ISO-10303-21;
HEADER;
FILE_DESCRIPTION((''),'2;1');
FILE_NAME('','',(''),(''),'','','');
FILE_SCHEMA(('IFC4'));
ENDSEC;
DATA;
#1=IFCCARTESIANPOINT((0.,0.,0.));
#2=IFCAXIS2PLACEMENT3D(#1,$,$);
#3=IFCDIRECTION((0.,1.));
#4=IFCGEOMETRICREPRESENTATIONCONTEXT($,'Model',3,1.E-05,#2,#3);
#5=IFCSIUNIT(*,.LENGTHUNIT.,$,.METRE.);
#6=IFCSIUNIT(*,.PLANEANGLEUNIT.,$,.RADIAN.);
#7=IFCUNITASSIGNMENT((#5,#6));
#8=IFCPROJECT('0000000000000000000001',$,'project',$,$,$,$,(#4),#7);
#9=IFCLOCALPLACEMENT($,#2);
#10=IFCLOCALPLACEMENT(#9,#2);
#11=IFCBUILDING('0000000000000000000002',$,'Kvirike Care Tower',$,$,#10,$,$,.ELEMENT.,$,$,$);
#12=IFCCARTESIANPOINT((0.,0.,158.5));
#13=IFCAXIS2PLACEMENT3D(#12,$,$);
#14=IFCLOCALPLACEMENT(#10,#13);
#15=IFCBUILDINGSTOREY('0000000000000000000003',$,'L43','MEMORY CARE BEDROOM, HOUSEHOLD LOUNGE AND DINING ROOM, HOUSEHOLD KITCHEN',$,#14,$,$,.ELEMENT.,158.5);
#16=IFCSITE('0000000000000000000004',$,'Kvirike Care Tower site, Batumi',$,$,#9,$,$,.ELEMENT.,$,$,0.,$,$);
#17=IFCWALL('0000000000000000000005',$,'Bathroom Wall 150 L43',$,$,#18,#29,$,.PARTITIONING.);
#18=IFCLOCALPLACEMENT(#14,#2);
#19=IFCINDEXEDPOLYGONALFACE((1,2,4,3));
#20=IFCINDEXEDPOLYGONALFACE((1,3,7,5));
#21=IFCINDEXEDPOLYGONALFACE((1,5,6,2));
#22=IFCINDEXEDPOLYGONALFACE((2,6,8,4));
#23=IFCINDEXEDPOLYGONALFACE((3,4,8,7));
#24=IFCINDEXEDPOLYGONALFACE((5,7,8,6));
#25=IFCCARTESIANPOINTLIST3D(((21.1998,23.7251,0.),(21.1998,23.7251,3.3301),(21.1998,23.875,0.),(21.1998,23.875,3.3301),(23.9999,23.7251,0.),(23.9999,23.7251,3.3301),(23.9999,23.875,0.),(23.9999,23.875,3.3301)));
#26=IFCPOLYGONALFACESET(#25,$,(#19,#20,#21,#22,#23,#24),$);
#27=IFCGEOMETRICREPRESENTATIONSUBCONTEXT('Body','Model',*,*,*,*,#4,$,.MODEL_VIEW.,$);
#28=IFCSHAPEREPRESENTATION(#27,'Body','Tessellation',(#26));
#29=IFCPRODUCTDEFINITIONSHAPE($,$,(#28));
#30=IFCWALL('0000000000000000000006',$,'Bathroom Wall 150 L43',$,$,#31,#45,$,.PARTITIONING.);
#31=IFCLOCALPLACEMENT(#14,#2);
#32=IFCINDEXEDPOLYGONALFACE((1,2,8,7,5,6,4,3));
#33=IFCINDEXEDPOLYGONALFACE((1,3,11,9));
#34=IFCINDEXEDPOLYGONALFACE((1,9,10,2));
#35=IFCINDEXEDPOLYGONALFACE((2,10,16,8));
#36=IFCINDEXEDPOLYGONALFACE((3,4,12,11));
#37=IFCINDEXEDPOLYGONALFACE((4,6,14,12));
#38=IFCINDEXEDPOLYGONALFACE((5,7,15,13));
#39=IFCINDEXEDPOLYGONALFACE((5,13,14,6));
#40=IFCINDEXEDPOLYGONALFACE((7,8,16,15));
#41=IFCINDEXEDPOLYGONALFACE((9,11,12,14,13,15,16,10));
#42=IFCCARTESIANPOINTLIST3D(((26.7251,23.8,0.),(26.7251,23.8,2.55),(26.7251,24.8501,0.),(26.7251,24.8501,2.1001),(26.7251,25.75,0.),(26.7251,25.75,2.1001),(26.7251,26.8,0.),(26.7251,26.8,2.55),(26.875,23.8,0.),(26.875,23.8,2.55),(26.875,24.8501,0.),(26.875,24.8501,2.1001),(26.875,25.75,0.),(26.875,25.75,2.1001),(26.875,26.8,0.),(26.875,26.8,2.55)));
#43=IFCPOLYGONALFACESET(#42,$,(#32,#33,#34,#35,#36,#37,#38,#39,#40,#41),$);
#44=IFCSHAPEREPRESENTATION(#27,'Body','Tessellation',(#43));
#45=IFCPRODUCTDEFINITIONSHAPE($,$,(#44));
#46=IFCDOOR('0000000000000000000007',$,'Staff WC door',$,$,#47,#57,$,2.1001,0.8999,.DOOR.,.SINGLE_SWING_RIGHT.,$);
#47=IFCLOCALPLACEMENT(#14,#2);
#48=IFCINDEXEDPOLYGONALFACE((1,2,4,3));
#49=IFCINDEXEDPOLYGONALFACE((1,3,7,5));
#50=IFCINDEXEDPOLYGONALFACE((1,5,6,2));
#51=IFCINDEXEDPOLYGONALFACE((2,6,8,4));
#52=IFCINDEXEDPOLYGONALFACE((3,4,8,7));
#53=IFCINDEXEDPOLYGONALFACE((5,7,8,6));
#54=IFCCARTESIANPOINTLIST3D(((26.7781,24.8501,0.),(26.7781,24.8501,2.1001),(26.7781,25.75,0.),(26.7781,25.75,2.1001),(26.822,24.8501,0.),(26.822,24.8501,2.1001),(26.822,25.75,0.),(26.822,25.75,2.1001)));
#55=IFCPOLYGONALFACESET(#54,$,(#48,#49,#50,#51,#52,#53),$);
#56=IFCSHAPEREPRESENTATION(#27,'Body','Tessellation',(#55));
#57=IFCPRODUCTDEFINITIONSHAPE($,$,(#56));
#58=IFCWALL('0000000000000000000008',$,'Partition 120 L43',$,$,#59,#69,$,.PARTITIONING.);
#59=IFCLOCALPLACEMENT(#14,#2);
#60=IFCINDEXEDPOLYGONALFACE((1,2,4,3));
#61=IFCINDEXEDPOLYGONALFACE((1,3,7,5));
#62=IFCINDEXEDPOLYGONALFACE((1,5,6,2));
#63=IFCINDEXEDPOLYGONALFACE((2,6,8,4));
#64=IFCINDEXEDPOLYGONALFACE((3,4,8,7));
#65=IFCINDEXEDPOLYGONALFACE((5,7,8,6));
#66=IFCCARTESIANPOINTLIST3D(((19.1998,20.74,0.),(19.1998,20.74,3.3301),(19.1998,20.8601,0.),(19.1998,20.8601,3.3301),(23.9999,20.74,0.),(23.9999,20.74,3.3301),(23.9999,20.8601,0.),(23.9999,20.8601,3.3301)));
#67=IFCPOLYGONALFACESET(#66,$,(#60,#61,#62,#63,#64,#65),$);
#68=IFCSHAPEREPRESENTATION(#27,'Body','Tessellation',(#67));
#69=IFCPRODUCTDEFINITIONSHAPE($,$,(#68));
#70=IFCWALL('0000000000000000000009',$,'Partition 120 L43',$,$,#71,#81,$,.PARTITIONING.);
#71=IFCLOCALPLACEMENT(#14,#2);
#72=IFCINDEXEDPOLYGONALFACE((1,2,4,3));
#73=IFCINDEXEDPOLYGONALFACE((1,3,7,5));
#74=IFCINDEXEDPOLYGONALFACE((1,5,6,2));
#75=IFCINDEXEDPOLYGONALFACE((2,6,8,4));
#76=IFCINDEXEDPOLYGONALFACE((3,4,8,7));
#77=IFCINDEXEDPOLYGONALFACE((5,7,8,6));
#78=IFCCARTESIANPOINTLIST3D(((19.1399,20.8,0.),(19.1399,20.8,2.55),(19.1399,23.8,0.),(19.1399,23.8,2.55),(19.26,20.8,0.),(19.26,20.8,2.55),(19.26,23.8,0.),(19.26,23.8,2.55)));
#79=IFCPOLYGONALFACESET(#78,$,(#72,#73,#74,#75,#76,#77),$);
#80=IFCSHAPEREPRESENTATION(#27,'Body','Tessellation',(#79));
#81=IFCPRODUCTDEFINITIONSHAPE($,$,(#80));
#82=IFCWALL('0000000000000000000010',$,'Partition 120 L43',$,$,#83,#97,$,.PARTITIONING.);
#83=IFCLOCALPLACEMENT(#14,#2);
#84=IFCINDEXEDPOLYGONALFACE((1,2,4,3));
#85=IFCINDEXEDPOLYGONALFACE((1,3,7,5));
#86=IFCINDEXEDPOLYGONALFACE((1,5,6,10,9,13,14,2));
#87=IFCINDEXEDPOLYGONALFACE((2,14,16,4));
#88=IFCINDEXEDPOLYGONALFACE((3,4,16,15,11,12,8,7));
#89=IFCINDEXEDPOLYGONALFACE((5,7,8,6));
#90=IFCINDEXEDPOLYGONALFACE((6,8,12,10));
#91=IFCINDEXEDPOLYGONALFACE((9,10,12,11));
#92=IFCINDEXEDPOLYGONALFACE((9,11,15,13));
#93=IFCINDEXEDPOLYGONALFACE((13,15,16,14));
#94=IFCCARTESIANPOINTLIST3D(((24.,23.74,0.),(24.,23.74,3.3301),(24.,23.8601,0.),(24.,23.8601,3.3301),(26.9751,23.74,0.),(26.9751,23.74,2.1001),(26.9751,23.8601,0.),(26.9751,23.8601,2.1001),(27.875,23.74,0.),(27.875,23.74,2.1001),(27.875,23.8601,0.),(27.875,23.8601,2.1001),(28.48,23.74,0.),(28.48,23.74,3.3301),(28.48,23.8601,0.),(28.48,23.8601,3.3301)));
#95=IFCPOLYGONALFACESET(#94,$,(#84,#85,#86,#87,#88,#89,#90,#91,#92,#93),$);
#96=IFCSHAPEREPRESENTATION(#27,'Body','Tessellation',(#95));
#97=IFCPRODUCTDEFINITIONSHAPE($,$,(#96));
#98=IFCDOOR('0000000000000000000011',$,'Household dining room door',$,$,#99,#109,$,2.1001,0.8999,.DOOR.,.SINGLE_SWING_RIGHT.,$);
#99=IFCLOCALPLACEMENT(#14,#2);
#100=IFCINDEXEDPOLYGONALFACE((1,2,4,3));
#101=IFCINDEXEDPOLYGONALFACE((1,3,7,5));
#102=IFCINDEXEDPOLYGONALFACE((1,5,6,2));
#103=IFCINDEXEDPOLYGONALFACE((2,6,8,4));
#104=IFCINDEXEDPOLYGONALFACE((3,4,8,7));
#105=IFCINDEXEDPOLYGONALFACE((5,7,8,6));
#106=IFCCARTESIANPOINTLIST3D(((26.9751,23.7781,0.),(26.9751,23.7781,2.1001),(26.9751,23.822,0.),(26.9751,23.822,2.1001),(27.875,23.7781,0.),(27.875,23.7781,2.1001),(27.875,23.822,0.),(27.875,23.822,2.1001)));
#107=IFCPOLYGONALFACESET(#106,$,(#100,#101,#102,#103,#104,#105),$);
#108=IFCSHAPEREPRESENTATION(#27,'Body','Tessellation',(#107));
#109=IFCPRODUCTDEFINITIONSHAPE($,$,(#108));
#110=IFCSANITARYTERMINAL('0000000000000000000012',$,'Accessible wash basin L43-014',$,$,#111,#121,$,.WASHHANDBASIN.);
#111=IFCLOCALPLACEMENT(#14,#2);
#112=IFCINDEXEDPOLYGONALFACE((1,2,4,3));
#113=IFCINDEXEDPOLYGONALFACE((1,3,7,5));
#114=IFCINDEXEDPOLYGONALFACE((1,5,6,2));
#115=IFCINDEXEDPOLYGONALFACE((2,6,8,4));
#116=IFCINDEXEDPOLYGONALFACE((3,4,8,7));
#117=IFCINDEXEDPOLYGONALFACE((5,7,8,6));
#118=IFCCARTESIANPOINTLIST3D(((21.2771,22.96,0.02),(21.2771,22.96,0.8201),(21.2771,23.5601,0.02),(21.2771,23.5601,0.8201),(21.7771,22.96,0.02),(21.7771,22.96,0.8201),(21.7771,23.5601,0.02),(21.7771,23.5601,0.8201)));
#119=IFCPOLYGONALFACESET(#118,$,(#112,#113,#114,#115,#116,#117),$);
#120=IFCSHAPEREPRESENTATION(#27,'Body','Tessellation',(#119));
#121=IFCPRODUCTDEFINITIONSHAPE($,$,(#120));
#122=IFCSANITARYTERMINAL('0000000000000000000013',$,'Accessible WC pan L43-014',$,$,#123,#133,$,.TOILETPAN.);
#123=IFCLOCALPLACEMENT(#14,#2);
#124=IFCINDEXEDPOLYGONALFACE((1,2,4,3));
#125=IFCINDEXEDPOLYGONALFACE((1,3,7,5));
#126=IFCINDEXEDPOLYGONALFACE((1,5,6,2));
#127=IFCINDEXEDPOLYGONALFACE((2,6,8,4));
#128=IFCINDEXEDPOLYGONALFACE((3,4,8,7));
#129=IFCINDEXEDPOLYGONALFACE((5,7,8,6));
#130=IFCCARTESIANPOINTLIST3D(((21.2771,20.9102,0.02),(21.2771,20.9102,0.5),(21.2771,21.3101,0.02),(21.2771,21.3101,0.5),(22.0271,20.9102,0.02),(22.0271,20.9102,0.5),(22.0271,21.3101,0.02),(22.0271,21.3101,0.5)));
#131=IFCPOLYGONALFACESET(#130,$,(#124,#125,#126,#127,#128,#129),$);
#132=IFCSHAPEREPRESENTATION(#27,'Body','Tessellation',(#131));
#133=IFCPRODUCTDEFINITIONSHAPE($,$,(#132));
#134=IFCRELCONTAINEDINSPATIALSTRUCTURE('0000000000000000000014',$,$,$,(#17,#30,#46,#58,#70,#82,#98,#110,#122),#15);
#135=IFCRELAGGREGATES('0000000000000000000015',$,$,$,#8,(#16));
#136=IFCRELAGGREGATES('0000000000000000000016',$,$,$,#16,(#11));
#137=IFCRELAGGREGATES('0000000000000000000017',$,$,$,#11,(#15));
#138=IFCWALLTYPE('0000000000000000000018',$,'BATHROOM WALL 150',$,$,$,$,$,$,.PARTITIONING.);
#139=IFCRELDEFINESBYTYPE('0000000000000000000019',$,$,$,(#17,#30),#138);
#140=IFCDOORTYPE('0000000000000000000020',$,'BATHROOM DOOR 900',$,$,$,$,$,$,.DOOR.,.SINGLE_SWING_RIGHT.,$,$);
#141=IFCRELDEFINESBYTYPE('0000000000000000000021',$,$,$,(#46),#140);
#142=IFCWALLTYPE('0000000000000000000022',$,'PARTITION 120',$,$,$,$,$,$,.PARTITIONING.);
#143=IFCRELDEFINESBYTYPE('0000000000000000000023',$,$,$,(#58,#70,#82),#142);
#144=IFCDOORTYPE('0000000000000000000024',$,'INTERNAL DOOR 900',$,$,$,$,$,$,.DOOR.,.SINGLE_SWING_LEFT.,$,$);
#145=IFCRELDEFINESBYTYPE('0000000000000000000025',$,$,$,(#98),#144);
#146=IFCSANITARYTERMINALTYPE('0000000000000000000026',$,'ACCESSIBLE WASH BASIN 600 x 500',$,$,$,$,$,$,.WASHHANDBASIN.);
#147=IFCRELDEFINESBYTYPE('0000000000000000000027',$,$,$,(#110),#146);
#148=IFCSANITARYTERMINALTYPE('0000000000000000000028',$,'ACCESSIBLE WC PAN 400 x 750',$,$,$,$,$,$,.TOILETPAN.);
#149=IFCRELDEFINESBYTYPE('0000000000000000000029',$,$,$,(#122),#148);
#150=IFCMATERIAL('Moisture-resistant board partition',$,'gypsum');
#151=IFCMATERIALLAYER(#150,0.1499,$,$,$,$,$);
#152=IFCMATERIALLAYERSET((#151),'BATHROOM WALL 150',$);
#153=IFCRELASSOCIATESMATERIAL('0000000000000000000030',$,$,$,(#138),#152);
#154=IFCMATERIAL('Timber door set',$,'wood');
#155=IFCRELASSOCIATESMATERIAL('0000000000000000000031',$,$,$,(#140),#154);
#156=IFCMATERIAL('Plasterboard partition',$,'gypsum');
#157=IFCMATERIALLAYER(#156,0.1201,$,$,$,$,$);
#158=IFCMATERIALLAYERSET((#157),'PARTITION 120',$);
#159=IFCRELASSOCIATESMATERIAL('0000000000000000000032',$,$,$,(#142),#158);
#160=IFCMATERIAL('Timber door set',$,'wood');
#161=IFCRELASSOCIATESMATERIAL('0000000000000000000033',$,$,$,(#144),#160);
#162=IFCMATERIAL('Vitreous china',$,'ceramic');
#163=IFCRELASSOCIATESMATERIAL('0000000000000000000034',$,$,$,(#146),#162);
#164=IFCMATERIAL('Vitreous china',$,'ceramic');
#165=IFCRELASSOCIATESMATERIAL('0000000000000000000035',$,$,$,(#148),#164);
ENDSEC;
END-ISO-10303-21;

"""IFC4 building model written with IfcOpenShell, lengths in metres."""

from ifc_helpers import new_model, si_unit, direction, frame, frame_2d, origin, origin_2d, place, context, subcontext, project, spatial, rectangle, extrude, material, layer, layer_set, type_object, element, fill, save


model = new_model("IFC4")

# Units and contexts
model_context = context("Model", 3, precision=1e-05, world=origin(), true_north=direction((0.0, 1.0)))
body_context = subcontext(model_context, "Body", "Model", "MODEL_VIEW")
ifc_project = project(units=[si_unit("LENGTHUNIT", "METRE"), si_unit("PLANEANGLEUNIT", "RADIAN")], contexts=[model_context])

# Site, building, storey
site_placement = place(None, origin())
site = spatial("IfcSite", under=ifc_project, at=site_placement, Name="Kvirike Care Tower site, Batumi", CompositionType="ELEMENT", RefElevation=0.0)
building_placement = place(site_placement, origin())
building = spatial("IfcBuilding", under=site, at=building_placement, Name="Kvirike Care Tower", CompositionType="ELEMENT")
storey_placement = place(building_placement, frame((0.0, 0.0, 158.5)))
storey = spatial("IfcBuildingStorey", under=building, at=storey_placement, Name="L43", Description="MEMORY CARE BEDROOM, HOUSEHOLD LOUNGE AND DINING ROOM, HOUSEHOLD KITCHEN", CompositionType="ELEMENT", Elevation=158.5)

# Shared definitions
ifc_material_1 = material(Name="Moisture-resistant board partition", Category="gypsum")
ifc_layer_1 = layer(ifc_material_1, 0.1499)
ifc_layer_set_1 = layer_set([ifc_layer_1], Name="BATHROOM WALL 150")
wall_type_1 = type_object("IfcWallType", Name="BATHROOM WALL 150", PredefinedType="PARTITIONING", material=ifc_layer_set_1)
ifc_material_2 = material(Name="Timber door set", Category="wood")
door_type_1 = type_object("IfcDoorType", Name="BATHROOM DOOR 900", OperationType="SINGLE_SWING_RIGHT", PredefinedType="DOOR", material=ifc_material_2)

# Wall
wall_1_placement = place(storey_placement, frame((21.2, 23.8, 0.0), z_axis=(0.0, 0.0, 1.0), x_axis=(1.0, 0.0, 0.0)))
element("IfcWall", 1, at=wall_1_placement, inside=storey, type_object=wall_type_1, Name="Bathroom Wall 150 L43", PredefinedType="PARTITIONING", context=body_context, shape_type="SweptSolid", body=[
    extrude(rectangle(XDim=2.8, YDim=0.1499, at=frame_2d((1.3999, 0.0))), origin(), (0.0, 0.0, 1.0), 3.3301),
])

# Wall, opening, door
wall_2_placement = place(storey_placement, frame((26.8, 23.8, 0.0), z_axis=(0.0, 0.0, 1.0), x_axis=(0.0, 1.0, 0.0)))
wall_2 = element("IfcWall", 2, at=wall_2_placement, inside=storey, type_object=wall_type_1, Name="Bathroom Wall 150 L43", PredefinedType="PARTITIONING", context=body_context, shape_type="SweptSolid", body=[
    extrude(rectangle(XDim=3.0, YDim=0.1499, at=frame_2d((1.5, 0.0))), origin(), (0.0, 0.0, 1.0), 2.55),
])
opening_1_placement = place(wall_2_placement, frame((1.05, 0.0, 0.0)))
opening_1 = element("IfcOpeningElement", 3, at=opening_1_placement, cuts=wall_2, PredefinedType="OPENING", context=body_context, shape_type="SweptSolid", body=[
    extrude(rectangle(XDim=0.8999, YDim=2.1001, at=frame_2d((0.45, 1.05))), frame((0.0, 0.0854, 0.0), z_axis=(0.0, -1.0, 0.0), x_axis=(1.0, 0.0, 0.0)), (0.0, 0.0, 1.0), 0.1709),
])
door_1_placement = place(opening_1_placement, frame((0.8999, 0.0, 0.0), z_axis=(0.0, 0.0, 1.0), x_axis=(-1.0, 0.0, 0.0)))
door_1 = element("IfcDoor", 4, at=door_1_placement, inside=storey, type_object=door_type_1, Name="Staff WC door", OperationType="SINGLE_SWING_RIGHT", OverallHeight=2.1001, OverallWidth=0.8999, PredefinedType="DOOR", context=body_context, shape_type="SweptSolid", body=[
    extrude(rectangle(XDim=0.8999, YDim=2.1001, at=frame_2d((0.45, 1.05))), frame((0.0, 0.022, 0.0), z_axis=(0.0, -1.0, 0.0), x_axis=(1.0, 0.0, 0.0)), (0.0, 0.0, 1.0), 0.0439),
])
fill(opening_1, door_1)

# Walls
ifc_material_3 = material(Name="Plasterboard partition", Category="gypsum")
ifc_layer_2 = layer(ifc_material_3, 0.1201)
ifc_layer_set_2 = layer_set([ifc_layer_2], Name="PARTITION 120")
wall_type_2 = type_object("IfcWallType", Name="PARTITION 120", PredefinedType="PARTITIONING", material=ifc_layer_set_2)
wall_3_placement = place(storey_placement, frame((19.2, 20.8, 0.0), z_axis=(0.0, 0.0, 1.0), x_axis=(1.0, 0.0, 0.0)))
element("IfcWall", 5, at=wall_3_placement, inside=storey, type_object=wall_type_2, Name="Partition 120 L43", PredefinedType="PARTITIONING", context=body_context, shape_type="SweptSolid", body=[
    extrude(rectangle(XDim=4.8, YDim=0.1201, at=frame_2d((2.3999, 0.0))), origin(), (0.0, 0.0, 1.0), 3.3301),
])
wall_4_placement = place(storey_placement, frame((19.2, 20.8, 0.0), z_axis=(0.0, 0.0, 1.0), x_axis=(0.0, 1.0, 0.0)))
element("IfcWall", 6, at=wall_4_placement, inside=storey, type_object=wall_type_2, Name="Partition 120 L43", PredefinedType="PARTITIONING", context=body_context, shape_type="SweptSolid", body=[
    extrude(rectangle(XDim=3.0, YDim=0.1201, at=frame_2d((1.5, 0.0))), origin(), (0.0, 0.0, 1.0), 2.55),
])

# Wall, opening, door
wall_5_placement = place(storey_placement, frame((24.0, 23.8, 0.0), z_axis=(0.0, 0.0, 1.0), x_axis=(1.0, 0.0, 0.0)))
wall_5 = element("IfcWall", 7, at=wall_5_placement, inside=storey, type_object=wall_type_2, Name="Partition 120 L43", PredefinedType="PARTITIONING", context=body_context, shape_type="SweptSolid", body=[
    extrude(rectangle(XDim=4.48, YDim=0.1201, at=frame_2d((2.24, 0.0))), origin(), (0.0, 0.0, 1.0), 3.3301),
])
opening_2_placement = place(wall_5_placement, frame((2.9751, 0.0, 0.0)))
opening_2 = element("IfcOpeningElement", 8, at=opening_2_placement, cuts=wall_5, PredefinedType="OPENING", context=body_context, shape_type="SweptSolid", body=[
    extrude(rectangle(XDim=0.8999, YDim=2.1001, at=frame_2d((0.45, 1.05))), frame((0.0, 0.0706, 0.0), z_axis=(0.0, -1.0, 0.0), x_axis=(1.0, 0.0, 0.0)), (0.0, 0.0, 1.0), 0.1411),
])
ifc_material_4 = material(Name="Timber door set", Category="wood")
door_type_2 = type_object("IfcDoorType", Name="INTERNAL DOOR 900", OperationType="SINGLE_SWING_LEFT", PredefinedType="DOOR", material=ifc_material_4)
door_2_placement = place(opening_2_placement, origin())
door_2 = element("IfcDoor", 9, at=door_2_placement, inside=storey, type_object=door_type_2, Name="Household dining room door", OperationType="SINGLE_SWING_RIGHT", OverallHeight=2.1001, OverallWidth=0.8999, PredefinedType="DOOR", context=body_context, shape_type="SweptSolid", body=[
    extrude(rectangle(XDim=0.8999, YDim=2.1001, at=frame_2d((0.45, 1.05))), frame((0.0, 0.022, 0.0), z_axis=(0.0, -1.0, 0.0), x_axis=(1.0, 0.0, 0.0)), (0.0, 0.0, 1.0), 0.0439),
])
fill(opening_2, door_2)

# Sanitary terminals
ifc_material_5 = material(Name="Vitreous china", Category="ceramic")
sanitary_terminal_type_1 = type_object("IfcSanitaryTerminalType", Name="ACCESSIBLE WASH BASIN 600 x 500", PredefinedType="WASHHANDBASIN", material=ifc_material_5)
sanitary_terminal_1_placement = place(storey_placement, frame((21.5271, 23.26, 0.02), z_axis=(0.0, 0.0, 1.0), x_axis=(0.0, 1.0, 0.0)))
element("IfcSanitaryTerminal", 10, at=sanitary_terminal_1_placement, inside=storey, type_object=sanitary_terminal_type_1, Name="Accessible wash basin L43-014", PredefinedType="WASHHANDBASIN", context=body_context, shape_type="SweptSolid", body=[
    extrude(rectangle(XDim=0.6001, YDim=0.5, at=origin_2d()), origin(), (0.0, 0.0, 1.0), 0.8),
])
ifc_material_6 = material(Name="Vitreous china", Category="ceramic")
sanitary_terminal_type_2 = type_object("IfcSanitaryTerminalType", Name="ACCESSIBLE WC PAN 400 x 750", PredefinedType="TOILETPAN", material=ifc_material_6)
sanitary_terminal_2_placement = place(storey_placement, frame((21.6521, 21.1101, 0.02), z_axis=(0.0, 0.0, 1.0), x_axis=(0.0, 1.0, 0.0)))
element("IfcSanitaryTerminal", 11, at=sanitary_terminal_2_placement, inside=storey, type_object=sanitary_terminal_type_2, Name="Accessible WC pan L43-014", PredefinedType="TOILETPAN", context=body_context, shape_type="SweptSolid", body=[
    extrude(rectangle(XDim=0.3999, YDim=0.75, at=origin_2d()), origin(), (0.0, 0.0, 1.0), 0.48),
])

save(model, "model.ifc")
